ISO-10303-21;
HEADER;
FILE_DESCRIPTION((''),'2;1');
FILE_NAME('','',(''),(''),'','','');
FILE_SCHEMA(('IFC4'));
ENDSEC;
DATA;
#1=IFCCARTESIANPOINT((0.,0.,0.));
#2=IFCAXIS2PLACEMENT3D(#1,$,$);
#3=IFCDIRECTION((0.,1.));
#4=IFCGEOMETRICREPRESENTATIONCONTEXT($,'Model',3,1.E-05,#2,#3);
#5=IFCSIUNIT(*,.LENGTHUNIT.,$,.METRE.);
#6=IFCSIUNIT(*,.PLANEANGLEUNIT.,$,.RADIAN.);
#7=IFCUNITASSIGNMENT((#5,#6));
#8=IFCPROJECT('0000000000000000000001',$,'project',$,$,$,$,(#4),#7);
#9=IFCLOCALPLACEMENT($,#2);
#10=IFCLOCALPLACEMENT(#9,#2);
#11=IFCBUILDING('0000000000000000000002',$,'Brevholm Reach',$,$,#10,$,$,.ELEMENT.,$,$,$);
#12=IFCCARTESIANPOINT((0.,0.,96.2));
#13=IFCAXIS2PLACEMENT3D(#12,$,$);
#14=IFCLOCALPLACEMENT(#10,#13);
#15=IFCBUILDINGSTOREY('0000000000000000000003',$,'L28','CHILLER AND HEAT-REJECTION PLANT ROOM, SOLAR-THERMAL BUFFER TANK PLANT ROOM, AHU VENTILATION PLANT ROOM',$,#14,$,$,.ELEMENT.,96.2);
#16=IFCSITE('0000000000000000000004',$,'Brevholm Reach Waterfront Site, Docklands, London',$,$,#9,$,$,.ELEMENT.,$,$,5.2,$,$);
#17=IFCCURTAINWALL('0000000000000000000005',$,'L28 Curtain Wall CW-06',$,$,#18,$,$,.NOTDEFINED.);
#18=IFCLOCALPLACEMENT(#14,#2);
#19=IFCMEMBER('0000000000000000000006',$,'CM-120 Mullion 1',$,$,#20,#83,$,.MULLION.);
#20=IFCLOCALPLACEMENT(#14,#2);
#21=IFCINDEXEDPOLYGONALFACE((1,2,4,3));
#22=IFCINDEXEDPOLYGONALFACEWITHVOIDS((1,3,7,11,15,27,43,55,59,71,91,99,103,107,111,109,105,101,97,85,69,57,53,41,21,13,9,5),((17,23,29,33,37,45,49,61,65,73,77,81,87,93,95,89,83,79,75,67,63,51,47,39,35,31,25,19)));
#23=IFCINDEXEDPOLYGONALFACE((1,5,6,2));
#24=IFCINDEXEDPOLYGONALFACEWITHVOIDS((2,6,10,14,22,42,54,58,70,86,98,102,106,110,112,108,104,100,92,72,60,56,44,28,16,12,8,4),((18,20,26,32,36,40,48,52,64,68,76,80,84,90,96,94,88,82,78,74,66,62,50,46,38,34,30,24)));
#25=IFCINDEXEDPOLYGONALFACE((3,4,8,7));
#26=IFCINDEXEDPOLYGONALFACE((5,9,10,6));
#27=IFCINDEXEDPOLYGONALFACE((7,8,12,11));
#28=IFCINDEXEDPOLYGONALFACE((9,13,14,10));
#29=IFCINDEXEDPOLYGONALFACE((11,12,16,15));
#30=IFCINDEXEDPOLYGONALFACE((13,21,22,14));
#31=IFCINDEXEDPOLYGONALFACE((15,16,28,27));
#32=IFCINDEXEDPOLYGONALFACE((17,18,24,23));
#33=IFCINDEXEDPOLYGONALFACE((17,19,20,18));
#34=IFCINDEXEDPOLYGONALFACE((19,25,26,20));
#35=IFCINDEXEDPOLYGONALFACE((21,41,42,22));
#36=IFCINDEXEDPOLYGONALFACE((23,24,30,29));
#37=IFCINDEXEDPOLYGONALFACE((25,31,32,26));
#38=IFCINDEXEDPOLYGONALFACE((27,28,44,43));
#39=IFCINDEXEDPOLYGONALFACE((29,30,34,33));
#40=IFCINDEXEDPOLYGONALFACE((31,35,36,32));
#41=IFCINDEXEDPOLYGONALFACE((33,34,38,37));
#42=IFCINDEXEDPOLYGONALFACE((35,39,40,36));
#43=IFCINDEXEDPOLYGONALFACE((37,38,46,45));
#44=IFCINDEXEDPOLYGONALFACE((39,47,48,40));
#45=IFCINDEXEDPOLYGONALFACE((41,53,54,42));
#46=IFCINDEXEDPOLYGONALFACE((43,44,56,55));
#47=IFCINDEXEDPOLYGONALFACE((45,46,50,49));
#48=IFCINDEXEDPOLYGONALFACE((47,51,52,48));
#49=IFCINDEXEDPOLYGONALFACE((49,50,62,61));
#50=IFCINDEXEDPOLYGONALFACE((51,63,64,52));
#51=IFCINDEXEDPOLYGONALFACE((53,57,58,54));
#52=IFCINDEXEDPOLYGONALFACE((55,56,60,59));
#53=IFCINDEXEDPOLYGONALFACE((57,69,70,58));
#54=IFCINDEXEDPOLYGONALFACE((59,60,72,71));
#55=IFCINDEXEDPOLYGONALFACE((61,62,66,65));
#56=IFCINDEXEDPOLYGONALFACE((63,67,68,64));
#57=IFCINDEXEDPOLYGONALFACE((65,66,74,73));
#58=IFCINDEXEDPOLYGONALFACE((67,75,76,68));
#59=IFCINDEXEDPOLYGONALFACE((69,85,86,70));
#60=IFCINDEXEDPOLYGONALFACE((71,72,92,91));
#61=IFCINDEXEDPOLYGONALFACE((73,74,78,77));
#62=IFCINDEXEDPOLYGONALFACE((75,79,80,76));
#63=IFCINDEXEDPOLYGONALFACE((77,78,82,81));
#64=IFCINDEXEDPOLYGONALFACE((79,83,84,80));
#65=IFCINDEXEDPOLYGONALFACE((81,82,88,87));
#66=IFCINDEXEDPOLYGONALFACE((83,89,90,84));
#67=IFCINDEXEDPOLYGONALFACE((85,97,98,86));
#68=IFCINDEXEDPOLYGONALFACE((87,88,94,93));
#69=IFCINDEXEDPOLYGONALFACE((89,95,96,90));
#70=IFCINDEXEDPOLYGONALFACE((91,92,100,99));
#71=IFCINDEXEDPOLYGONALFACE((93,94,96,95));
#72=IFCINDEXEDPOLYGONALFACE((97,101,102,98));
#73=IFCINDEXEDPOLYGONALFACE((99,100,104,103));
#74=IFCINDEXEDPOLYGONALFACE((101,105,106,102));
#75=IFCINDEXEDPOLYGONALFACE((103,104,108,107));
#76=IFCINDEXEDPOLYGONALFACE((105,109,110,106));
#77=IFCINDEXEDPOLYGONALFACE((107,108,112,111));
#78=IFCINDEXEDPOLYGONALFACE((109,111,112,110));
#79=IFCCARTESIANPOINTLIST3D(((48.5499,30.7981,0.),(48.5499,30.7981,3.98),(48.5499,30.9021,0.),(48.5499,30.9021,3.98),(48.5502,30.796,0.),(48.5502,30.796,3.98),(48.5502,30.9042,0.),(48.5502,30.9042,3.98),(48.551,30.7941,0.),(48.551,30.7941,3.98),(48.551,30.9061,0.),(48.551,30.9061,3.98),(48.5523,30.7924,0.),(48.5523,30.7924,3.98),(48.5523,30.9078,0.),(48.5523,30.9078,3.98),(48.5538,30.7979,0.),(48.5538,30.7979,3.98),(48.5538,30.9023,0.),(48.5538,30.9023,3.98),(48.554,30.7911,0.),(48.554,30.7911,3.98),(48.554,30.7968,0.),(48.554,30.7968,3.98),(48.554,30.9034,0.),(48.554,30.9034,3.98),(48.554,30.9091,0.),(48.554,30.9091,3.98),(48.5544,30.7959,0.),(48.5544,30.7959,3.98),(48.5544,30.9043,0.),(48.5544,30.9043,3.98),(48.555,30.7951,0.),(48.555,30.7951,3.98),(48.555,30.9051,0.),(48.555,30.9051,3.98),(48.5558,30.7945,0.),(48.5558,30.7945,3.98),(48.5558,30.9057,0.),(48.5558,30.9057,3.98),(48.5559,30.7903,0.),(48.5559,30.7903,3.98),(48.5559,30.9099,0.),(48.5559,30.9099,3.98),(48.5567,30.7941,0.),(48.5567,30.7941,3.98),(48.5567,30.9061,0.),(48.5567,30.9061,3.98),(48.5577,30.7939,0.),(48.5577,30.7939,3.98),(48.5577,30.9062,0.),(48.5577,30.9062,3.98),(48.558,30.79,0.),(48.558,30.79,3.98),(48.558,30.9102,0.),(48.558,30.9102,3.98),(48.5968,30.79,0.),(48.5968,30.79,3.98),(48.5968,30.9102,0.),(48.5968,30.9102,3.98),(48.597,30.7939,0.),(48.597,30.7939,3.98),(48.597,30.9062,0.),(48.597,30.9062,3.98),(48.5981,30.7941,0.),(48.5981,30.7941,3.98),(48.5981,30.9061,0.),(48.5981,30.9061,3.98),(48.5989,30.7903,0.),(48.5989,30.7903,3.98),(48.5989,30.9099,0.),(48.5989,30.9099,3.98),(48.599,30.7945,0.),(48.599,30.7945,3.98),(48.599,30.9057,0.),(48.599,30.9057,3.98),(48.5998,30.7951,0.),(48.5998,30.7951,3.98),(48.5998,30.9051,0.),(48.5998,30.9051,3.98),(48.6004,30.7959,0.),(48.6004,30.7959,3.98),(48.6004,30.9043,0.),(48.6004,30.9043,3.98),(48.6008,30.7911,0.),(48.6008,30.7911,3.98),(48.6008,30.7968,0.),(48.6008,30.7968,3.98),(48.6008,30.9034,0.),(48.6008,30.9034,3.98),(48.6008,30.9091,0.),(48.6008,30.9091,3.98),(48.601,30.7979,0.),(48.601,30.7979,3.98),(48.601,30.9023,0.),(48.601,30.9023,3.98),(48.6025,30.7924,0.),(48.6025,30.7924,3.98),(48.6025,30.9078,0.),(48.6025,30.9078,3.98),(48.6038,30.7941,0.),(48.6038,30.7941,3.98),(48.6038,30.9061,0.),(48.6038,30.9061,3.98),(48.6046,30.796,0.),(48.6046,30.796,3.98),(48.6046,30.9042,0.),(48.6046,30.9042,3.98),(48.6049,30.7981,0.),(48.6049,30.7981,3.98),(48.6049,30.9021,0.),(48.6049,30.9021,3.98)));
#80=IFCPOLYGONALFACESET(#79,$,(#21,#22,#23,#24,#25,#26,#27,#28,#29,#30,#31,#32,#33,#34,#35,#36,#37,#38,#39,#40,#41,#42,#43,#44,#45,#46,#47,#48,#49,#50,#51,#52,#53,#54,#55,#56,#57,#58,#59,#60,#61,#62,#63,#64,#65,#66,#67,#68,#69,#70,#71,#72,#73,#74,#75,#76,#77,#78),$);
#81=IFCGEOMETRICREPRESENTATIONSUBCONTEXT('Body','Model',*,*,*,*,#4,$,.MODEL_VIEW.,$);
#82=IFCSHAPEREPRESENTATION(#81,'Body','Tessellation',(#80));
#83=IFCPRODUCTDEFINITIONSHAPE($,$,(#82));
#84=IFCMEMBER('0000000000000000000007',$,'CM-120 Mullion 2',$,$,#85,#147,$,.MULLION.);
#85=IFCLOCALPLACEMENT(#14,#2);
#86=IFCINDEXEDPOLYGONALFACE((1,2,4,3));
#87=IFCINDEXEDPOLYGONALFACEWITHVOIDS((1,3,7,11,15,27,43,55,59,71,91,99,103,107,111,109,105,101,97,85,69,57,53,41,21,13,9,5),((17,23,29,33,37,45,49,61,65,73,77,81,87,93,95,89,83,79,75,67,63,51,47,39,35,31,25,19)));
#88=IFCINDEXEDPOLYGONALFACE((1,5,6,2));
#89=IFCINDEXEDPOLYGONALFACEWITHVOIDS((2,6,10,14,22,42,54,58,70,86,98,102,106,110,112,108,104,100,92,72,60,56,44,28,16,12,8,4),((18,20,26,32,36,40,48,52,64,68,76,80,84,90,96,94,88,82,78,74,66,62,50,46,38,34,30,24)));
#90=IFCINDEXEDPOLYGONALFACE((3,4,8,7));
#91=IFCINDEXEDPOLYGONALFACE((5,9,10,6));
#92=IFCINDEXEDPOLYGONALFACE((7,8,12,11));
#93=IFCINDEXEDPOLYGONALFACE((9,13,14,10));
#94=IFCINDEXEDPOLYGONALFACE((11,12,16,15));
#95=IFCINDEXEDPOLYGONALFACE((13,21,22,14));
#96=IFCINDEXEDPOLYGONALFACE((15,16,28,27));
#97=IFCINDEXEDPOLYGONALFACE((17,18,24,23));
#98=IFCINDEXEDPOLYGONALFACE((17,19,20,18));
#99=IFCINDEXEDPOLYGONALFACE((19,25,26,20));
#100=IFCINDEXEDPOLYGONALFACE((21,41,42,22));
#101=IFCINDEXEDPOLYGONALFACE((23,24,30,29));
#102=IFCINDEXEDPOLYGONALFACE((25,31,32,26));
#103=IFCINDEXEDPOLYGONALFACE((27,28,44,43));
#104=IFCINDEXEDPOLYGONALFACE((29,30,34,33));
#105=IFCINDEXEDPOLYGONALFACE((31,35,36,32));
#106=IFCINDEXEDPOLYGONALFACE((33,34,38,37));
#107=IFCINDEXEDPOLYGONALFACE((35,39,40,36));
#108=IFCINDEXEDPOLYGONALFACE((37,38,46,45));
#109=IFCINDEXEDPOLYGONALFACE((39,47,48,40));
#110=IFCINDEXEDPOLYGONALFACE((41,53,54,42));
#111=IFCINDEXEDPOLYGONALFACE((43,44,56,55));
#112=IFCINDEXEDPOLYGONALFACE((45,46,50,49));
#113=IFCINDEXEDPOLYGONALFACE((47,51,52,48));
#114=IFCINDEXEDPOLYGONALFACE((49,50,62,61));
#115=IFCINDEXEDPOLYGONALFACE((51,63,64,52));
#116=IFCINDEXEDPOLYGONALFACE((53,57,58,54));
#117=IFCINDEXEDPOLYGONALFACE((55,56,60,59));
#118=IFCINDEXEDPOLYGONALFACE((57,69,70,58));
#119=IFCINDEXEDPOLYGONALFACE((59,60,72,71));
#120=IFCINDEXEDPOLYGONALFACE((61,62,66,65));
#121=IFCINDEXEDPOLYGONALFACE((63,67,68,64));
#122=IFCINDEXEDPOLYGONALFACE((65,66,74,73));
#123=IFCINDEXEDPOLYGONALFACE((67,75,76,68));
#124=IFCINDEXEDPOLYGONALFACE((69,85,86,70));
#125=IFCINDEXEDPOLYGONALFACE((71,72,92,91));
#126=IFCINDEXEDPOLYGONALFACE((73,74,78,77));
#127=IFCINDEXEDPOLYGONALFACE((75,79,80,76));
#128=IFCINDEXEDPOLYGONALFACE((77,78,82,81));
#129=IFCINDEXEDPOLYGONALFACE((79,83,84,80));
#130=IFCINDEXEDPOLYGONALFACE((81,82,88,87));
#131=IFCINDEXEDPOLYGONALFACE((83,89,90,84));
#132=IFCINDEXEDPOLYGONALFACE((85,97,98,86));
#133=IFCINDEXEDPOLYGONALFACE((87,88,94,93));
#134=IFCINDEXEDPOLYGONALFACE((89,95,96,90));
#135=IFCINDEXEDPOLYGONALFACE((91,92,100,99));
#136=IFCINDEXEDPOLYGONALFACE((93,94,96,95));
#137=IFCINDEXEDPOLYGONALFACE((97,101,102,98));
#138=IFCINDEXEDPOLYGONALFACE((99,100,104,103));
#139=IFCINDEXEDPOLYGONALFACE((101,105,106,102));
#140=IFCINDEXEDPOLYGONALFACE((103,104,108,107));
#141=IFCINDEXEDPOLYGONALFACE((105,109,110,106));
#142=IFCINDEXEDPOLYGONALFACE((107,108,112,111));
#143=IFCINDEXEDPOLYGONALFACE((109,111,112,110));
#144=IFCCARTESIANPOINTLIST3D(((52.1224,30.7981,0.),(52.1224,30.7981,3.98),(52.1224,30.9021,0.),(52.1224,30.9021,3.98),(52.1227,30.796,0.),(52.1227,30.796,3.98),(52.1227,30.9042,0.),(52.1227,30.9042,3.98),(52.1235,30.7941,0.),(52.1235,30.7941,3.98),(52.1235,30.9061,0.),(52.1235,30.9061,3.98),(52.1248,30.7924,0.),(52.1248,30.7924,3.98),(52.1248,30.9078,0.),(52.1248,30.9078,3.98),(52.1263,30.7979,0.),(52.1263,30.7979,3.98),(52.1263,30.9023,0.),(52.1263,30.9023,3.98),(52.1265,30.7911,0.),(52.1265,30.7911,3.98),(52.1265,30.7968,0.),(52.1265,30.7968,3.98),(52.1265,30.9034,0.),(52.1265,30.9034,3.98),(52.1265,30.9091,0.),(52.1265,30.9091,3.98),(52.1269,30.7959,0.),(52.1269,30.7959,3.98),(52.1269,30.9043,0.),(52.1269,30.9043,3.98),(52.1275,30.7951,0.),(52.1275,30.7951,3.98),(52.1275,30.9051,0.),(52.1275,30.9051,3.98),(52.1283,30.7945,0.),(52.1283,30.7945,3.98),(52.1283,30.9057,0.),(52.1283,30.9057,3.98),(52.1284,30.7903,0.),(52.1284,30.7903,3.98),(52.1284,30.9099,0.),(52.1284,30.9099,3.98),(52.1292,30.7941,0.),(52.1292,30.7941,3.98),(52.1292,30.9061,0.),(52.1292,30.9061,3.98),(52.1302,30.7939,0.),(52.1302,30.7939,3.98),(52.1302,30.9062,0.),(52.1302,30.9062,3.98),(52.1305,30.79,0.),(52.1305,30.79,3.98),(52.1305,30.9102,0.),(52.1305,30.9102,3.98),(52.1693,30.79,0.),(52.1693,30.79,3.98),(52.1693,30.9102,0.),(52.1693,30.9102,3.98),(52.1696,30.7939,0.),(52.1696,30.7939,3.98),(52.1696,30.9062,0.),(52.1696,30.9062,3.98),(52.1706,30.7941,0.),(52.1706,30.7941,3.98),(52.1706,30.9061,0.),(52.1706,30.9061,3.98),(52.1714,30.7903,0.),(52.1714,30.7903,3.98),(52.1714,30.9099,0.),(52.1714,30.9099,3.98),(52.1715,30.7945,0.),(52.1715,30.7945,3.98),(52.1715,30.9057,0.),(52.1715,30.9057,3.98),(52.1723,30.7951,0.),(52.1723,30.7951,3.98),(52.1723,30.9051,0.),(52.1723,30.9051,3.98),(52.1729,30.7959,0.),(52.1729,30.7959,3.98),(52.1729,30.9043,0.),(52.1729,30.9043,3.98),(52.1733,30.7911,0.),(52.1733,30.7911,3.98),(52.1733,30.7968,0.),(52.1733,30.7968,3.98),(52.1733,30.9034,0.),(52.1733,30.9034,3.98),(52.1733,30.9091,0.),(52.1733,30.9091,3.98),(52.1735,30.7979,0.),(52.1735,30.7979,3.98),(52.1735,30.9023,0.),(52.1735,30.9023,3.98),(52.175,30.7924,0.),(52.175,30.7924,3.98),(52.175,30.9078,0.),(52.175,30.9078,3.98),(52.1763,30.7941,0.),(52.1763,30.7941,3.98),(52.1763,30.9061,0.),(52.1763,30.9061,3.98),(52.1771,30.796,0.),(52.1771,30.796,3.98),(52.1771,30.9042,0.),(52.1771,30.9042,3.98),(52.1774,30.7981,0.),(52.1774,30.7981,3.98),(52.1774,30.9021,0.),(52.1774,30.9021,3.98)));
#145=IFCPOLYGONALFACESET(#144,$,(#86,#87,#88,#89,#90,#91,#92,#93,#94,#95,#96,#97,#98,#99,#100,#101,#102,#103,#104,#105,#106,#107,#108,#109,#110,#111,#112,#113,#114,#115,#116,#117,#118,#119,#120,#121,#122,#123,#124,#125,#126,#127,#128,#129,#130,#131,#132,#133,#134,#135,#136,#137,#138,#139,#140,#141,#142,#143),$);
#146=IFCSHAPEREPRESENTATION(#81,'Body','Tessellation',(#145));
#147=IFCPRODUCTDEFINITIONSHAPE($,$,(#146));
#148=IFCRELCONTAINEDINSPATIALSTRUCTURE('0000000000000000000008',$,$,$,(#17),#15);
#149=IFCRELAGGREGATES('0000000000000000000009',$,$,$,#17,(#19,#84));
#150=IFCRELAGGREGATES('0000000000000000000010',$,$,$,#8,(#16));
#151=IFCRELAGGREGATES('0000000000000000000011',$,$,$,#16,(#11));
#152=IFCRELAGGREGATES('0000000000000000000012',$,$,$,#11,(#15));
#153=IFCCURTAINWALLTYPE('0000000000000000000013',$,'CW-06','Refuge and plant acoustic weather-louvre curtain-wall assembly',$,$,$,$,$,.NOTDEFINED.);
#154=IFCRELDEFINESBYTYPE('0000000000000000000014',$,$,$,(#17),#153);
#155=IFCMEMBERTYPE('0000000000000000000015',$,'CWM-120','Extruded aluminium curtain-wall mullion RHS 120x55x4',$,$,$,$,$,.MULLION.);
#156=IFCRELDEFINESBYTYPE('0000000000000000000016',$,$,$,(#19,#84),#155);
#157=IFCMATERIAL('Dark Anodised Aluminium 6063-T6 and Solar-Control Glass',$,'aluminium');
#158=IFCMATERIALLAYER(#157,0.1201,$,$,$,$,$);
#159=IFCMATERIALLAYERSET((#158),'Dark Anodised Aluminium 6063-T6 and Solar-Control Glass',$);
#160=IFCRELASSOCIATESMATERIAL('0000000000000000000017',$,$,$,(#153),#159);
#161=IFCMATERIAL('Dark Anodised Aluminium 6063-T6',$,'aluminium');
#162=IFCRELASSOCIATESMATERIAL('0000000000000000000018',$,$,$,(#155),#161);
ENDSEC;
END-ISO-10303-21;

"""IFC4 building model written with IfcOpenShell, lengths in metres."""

from ifc_helpers import new_model, si_unit, direction, frame, origin, origin_2d, place, context, subcontext, project, spatial, hollow_rectangle, extrude, material, layer, layer_set, material_profile, profile_set, type_object, element, aggregate, save


model = new_model("IFC4")

# Units and contexts
model_context = context("Model", 3, precision=1e-05, world=origin(), true_north=direction((0.0, 1.0)))
body_context = subcontext(model_context, "Body", "Model", "MODEL_VIEW")
ifc_project = project(units=[si_unit("LENGTHUNIT", "METRE"), si_unit("PLANEANGLEUNIT", "RADIAN")], contexts=[model_context])

# Site, building, storey
site_placement = place(None, origin())
site = spatial("IfcSite", under=ifc_project, at=site_placement, Name="Brevholm Reach Waterfront Site, Docklands, London", CompositionType="ELEMENT", RefElevation=5.2)
building_placement = place(site_placement, origin())
building = spatial("IfcBuilding", under=site, at=building_placement, Name="Brevholm Reach", CompositionType="ELEMENT")
storey_placement = place(building_placement, frame((0.0, 0.0, 96.2)))
storey = spatial("IfcBuildingStorey", under=building, at=storey_placement, Name="L28", Description="CHILLER AND HEAT-REJECTION PLANT ROOM, SOLAR-THERMAL BUFFER TANK PLANT ROOM, AHU VENTILATION PLANT ROOM", CompositionType="ELEMENT", Elevation=96.2)

# Curtain wall, members
ifc_material_1 = material(Name="Dark Anodised Aluminium 6063-T6 and Solar-Control Glass", Category="aluminium")
ifc_layer_1 = layer(ifc_material_1, 0.1201)
ifc_layer_set_1 = layer_set([ifc_layer_1], Name="Dark Anodised Aluminium 6063-T6 and Solar-Control Glass")
curtain_wall_type = type_object("IfcCurtainWallType", Name="CW-06", Description="Refuge and plant acoustic weather-louvre curtain-wall assembly", PredefinedType="NOTDEFINED", material=ifc_layer_set_1)
curtain_wall_placement = place(storey_placement, origin())
curtain_wall = element("IfcCurtainWall", 1, at=curtain_wall_placement, inside=storey, type_object=curtain_wall_type, Name="L28 Curtain Wall CW-06", PredefinedType="NOTDEFINED")
ifc_material_2 = material(Name="Dark Anodised Aluminium 6063-T6", Category="aluminium")
ifc_material_profile_1 = material_profile(ifc_material_2, hollow_rectangle(XDim=0.0549, YDim=0.1201, WallThickness=0.0039, InnerFilletRadius=0.0039, OuterFilletRadius=0.0081, at=origin_2d()), Name="RHS 120x55x4")
ifc_profile_set_1 = profile_set([ifc_material_profile_1], Name="Dark Anodised Aluminium 6063-T6")
member_type_1 = type_object("IfcMemberType", Name="CWM-120", Description="Extruded aluminium curtain-wall mullion RHS 120x55x4", PredefinedType="MULLION", material=ifc_profile_set_1)
member_1_placement = place(storey_placement, frame((48.5774, 30.8501, 0.0), z_axis=(0.0, 0.0, 1.0), x_axis=(1.0, 0.0, 0.0)))
member_1 = element("IfcMember", 2, at=member_1_placement, type_object=member_type_1, Name="CM-120 Mullion 1", PredefinedType="MULLION", context=body_context, shape_type="SweptSolid", body=[
    extrude(hollow_rectangle(XDim=0.0549, YDim=0.1201, WallThickness=0.0039, InnerFilletRadius=0.0039, OuterFilletRadius=0.0081, at=origin_2d()), origin(), (0.0, 0.0, 1.0), 3.98),
])
member_2_placement = place(storey_placement, frame((52.1499, 30.8501, 0.0), z_axis=(0.0, 0.0, 1.0), x_axis=(1.0, 0.0, 0.0)))
member_2 = element("IfcMember", 3, at=member_2_placement, type_object=member_type_1, Name="CM-120 Mullion 2", PredefinedType="MULLION", context=body_context, shape_type="SweptSolid", body=[
    extrude(hollow_rectangle(XDim=0.0549, YDim=0.1201, WallThickness=0.0039, InnerFilletRadius=0.0039, OuterFilletRadius=0.0081, at=origin_2d()), origin(), (0.0, 0.0, 1.0), 3.98),
])
aggregate(curtain_wall, [member_1, member_2])

save(model, "model.ifc")
